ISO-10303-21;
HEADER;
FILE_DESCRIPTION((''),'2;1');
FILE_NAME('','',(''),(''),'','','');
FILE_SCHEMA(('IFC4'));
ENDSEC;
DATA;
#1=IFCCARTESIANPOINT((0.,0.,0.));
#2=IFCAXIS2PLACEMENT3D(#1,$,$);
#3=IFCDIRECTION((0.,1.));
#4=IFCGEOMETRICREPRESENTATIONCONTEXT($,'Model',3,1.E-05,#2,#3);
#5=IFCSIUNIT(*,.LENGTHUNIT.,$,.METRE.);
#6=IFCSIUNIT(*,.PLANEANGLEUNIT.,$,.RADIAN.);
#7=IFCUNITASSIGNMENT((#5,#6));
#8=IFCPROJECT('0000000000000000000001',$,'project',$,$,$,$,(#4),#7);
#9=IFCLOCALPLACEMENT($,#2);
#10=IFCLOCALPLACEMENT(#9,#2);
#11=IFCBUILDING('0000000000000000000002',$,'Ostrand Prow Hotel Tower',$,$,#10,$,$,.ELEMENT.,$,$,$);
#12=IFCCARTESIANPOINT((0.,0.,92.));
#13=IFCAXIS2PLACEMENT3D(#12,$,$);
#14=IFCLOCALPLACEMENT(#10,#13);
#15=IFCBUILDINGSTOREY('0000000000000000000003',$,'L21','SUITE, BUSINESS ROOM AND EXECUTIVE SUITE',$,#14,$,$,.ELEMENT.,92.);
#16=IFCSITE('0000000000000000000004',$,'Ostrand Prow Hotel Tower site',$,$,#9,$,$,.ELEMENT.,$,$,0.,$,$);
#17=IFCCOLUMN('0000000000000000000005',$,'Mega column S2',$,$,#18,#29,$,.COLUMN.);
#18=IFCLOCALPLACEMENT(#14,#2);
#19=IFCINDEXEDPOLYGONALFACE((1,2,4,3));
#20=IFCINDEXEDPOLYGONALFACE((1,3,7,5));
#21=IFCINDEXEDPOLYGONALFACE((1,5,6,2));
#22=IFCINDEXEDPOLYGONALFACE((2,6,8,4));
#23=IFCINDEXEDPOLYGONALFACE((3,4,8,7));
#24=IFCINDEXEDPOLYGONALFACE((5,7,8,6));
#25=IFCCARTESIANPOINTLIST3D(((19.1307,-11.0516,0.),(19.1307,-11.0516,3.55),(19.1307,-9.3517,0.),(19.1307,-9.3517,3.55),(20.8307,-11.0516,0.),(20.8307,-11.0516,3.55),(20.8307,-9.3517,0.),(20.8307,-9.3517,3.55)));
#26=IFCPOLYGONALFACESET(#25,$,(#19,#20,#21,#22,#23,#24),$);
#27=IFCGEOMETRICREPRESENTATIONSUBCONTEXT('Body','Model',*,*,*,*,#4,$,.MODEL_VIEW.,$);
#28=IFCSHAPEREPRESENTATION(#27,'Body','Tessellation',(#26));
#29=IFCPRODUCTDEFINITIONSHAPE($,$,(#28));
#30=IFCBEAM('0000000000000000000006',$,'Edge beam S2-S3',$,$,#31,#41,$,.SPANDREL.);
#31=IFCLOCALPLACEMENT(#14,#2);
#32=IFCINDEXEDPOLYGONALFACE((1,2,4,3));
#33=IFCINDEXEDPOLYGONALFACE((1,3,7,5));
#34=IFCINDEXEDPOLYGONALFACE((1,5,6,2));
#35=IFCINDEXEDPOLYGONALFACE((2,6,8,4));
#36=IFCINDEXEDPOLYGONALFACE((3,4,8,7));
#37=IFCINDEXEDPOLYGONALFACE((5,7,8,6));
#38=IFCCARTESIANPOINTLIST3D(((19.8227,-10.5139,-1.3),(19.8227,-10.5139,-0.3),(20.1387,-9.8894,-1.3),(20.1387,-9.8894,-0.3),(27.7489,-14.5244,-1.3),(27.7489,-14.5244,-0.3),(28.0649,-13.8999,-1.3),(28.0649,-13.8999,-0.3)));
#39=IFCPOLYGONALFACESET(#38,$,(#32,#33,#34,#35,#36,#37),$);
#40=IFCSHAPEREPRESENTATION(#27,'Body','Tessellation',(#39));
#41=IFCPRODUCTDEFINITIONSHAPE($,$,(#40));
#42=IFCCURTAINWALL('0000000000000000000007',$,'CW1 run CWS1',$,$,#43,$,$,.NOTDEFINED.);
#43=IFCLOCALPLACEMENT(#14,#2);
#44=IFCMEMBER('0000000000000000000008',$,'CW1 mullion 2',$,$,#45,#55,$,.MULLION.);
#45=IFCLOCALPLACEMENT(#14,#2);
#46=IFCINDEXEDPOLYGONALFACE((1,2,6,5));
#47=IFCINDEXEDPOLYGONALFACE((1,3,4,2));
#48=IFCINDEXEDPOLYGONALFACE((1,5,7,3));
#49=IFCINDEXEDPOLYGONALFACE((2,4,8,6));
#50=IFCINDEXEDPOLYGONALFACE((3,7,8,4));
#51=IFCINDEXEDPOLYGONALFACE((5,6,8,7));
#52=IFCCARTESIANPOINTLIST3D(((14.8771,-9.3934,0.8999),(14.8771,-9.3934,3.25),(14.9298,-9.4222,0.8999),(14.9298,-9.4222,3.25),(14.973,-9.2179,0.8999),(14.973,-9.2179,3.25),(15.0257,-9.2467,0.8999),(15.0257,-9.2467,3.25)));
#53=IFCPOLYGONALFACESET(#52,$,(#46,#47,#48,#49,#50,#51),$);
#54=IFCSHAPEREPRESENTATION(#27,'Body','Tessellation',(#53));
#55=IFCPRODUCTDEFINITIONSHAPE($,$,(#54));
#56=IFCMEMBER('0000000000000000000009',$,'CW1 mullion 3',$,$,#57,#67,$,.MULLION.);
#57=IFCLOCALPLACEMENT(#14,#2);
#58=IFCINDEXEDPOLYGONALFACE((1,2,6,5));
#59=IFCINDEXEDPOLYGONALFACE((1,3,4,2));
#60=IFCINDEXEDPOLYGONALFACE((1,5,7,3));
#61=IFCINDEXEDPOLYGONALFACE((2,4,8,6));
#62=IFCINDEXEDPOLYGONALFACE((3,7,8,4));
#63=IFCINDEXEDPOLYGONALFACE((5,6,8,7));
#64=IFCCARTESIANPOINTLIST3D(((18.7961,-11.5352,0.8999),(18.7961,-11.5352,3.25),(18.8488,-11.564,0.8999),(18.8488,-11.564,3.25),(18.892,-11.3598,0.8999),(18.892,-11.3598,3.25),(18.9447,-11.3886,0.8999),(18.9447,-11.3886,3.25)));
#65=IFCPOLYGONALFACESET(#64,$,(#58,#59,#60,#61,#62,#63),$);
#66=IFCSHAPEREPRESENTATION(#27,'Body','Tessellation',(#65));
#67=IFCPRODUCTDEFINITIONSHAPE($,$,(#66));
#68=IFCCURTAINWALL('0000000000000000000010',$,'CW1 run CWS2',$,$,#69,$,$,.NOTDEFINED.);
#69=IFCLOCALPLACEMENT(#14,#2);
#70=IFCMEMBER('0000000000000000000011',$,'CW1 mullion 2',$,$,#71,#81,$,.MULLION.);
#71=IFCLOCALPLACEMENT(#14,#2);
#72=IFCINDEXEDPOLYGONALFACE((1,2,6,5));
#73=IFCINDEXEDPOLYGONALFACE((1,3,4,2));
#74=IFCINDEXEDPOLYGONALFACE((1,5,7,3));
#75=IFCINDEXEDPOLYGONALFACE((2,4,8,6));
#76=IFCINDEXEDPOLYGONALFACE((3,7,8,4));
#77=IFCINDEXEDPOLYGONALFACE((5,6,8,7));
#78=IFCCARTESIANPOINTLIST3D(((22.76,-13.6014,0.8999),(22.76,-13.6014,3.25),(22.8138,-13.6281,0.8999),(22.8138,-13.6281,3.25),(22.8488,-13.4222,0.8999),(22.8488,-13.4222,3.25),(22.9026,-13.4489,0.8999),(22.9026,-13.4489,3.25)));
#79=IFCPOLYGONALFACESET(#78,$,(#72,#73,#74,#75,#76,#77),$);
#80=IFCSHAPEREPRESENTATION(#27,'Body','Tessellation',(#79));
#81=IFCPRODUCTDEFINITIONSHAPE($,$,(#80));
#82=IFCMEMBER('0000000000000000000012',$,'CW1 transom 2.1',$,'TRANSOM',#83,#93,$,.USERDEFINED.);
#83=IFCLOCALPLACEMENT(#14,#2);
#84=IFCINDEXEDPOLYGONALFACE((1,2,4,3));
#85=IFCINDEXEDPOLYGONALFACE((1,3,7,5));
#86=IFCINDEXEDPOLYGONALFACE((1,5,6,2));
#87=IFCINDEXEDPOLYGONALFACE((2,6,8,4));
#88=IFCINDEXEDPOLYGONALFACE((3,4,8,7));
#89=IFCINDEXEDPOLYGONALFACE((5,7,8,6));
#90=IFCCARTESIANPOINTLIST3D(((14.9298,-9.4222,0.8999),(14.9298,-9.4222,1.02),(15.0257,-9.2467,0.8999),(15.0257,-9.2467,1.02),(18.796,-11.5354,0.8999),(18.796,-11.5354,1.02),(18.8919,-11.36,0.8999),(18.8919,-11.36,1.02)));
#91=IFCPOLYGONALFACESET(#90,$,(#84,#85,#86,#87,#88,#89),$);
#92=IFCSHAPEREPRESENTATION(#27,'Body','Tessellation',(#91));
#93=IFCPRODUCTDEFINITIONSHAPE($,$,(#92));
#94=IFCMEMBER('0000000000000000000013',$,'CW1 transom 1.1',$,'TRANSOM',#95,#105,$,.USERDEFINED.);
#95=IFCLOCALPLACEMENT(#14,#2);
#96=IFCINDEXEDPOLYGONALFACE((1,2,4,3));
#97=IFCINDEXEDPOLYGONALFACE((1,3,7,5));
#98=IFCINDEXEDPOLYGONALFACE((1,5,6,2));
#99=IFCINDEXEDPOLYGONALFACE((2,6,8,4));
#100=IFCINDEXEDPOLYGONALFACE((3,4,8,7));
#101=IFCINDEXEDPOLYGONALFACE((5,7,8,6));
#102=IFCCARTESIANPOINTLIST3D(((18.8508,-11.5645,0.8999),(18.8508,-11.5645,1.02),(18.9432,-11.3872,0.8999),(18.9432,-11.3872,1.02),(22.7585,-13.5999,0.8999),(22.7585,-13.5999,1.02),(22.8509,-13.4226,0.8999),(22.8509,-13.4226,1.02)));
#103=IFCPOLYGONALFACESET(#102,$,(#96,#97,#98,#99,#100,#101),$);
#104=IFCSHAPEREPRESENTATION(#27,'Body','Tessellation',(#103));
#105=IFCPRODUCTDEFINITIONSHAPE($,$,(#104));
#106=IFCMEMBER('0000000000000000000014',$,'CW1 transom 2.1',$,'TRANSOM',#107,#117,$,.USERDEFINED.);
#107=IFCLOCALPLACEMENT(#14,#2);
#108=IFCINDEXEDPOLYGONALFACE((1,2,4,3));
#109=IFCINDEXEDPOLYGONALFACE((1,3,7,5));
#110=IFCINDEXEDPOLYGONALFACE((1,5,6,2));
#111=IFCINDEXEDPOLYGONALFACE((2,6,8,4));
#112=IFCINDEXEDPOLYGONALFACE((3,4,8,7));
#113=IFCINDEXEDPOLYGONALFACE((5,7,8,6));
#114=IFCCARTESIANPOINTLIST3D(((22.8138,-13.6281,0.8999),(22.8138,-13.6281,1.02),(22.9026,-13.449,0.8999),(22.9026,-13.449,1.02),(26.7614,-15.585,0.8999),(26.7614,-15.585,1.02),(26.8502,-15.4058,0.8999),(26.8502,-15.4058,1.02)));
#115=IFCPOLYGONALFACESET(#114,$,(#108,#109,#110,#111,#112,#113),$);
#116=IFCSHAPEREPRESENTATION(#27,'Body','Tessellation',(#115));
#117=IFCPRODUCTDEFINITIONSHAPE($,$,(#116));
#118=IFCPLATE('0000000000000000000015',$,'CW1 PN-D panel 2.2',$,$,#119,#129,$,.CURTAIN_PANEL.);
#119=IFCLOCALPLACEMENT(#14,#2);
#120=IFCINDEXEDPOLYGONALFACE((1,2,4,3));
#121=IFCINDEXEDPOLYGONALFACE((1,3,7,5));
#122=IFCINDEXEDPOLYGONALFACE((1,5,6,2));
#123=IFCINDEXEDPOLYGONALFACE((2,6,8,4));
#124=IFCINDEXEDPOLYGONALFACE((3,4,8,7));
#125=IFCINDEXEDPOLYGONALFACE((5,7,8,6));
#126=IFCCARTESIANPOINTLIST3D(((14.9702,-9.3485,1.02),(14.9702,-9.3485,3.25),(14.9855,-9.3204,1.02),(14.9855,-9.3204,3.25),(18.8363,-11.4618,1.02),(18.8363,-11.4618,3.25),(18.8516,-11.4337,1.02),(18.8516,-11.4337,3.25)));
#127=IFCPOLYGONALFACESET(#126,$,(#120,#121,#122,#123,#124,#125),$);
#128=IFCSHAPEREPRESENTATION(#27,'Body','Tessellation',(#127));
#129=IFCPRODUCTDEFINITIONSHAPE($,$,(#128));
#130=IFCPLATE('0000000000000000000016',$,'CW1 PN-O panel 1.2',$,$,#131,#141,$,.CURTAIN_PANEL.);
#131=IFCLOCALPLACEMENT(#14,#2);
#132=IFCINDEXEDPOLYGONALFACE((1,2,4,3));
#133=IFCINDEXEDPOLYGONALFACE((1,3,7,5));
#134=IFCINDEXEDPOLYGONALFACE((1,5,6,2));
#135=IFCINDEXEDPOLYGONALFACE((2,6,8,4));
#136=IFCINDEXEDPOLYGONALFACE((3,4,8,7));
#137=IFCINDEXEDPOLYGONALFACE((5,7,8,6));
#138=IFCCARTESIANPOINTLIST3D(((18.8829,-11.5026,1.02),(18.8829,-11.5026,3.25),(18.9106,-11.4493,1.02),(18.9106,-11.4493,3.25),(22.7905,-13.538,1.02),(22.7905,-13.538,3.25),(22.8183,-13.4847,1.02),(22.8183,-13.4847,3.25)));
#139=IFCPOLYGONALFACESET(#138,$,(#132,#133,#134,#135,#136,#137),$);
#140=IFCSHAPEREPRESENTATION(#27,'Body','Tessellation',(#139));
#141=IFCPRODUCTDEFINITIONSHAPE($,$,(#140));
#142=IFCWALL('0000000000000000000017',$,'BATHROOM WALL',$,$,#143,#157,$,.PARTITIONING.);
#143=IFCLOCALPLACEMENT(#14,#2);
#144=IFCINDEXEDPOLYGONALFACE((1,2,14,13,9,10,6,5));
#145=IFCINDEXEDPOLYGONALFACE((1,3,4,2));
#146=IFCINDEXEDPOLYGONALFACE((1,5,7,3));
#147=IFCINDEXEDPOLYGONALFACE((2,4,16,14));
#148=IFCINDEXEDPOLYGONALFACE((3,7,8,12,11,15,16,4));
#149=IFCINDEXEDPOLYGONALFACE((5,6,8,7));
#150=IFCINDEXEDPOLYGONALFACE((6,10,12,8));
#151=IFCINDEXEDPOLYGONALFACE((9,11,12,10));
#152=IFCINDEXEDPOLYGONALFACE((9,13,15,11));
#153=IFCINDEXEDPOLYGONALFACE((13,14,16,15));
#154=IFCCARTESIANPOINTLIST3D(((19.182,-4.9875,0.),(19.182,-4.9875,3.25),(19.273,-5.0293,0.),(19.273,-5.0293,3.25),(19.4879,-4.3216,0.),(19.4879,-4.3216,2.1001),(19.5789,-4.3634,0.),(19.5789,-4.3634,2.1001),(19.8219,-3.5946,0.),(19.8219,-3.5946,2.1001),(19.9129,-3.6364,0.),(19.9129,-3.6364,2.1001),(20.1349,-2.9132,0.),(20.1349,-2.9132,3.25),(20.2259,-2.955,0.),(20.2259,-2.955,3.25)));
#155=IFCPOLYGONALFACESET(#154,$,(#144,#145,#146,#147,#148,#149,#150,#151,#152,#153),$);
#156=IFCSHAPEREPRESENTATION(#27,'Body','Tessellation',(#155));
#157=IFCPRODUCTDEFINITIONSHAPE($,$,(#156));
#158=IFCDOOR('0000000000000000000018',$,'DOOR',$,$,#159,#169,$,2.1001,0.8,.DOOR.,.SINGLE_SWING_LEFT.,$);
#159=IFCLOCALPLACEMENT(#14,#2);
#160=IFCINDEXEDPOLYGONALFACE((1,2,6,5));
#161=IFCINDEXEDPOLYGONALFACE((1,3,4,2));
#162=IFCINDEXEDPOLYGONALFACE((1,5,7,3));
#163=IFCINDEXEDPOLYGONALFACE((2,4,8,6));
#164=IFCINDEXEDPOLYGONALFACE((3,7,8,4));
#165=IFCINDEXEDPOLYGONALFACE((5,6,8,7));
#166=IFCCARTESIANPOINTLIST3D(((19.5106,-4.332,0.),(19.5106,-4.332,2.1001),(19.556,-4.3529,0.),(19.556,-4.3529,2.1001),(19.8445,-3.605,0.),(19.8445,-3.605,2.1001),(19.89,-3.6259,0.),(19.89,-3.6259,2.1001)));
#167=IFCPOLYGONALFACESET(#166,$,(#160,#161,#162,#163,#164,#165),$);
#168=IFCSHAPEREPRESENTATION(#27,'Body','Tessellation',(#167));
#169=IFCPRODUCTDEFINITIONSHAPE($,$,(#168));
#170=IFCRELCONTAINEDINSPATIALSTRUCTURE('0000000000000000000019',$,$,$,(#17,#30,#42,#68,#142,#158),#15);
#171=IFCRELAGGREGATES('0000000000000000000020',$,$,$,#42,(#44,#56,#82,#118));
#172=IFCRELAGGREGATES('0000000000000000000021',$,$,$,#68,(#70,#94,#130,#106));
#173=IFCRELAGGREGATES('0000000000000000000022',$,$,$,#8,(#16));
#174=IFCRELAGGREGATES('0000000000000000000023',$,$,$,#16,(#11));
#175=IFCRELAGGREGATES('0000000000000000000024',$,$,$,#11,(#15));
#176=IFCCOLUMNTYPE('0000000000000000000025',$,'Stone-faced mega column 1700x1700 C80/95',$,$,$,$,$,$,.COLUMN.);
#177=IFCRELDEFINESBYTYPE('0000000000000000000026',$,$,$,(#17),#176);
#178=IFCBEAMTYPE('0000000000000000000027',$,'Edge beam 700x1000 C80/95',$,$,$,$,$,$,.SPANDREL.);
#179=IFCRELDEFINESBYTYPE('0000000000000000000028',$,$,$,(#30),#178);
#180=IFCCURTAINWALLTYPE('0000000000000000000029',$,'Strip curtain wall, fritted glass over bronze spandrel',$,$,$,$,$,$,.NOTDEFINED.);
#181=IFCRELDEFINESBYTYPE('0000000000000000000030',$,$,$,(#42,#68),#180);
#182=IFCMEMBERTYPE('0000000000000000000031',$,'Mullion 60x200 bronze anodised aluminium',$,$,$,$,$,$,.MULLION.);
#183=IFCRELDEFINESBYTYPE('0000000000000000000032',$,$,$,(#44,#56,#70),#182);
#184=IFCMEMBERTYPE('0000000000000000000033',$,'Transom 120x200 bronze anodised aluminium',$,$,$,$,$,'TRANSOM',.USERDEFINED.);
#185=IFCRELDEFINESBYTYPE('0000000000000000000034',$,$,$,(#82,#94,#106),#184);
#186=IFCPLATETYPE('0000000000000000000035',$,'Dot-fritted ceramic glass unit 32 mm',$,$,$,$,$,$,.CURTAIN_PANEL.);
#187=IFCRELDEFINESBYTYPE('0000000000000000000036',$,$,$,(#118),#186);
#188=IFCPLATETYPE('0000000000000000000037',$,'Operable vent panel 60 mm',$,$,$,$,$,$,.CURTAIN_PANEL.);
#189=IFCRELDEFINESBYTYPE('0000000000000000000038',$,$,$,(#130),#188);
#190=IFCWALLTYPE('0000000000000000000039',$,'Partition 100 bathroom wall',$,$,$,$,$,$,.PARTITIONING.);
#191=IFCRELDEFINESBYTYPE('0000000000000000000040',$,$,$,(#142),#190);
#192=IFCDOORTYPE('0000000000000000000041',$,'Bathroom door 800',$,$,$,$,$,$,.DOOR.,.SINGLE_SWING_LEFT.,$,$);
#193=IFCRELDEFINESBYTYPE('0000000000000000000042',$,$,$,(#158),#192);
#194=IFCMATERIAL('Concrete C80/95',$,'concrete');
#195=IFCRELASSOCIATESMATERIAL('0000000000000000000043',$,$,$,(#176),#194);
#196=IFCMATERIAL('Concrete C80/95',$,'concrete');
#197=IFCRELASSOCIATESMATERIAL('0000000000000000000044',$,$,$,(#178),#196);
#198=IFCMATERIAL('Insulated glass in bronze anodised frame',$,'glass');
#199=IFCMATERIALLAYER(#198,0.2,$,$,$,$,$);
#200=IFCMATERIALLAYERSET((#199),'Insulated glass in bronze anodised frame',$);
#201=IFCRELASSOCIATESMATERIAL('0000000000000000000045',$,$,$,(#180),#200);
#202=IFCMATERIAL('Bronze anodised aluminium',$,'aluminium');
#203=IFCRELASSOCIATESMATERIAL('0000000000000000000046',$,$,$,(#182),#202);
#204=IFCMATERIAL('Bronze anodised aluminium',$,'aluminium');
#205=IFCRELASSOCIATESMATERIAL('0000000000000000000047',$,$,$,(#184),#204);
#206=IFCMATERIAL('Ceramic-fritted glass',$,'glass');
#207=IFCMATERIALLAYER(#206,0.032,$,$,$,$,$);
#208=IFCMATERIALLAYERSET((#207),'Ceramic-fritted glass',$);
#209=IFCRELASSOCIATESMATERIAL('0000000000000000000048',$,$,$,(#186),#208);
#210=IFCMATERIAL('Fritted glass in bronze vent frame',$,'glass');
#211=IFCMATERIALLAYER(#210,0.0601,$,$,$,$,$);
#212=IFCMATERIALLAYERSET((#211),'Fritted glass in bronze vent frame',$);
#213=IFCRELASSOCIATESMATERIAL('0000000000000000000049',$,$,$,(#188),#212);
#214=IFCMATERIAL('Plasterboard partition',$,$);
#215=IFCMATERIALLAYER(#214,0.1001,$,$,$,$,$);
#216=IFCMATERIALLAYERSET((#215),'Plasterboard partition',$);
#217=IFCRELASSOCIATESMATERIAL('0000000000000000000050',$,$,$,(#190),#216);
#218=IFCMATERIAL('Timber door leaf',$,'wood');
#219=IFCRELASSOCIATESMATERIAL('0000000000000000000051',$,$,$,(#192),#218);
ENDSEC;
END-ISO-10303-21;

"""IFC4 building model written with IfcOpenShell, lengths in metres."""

from ifc_helpers import new_model, si_unit, direction, frame, frame_2d, origin, origin_2d, place, context, subcontext, project, spatial, rectangle, extrude, material, layer, layer_set, material_profile, profile_set, type_object, element, fill, aggregate, save


model = new_model("IFC4")

# Units and contexts
model_context = context("Model", 3, precision=1e-05, world=origin(), true_north=direction((0.0, 1.0)))
body_context = subcontext(model_context, "Body", "Model", "MODEL_VIEW")
ifc_project = project(units=[si_unit("LENGTHUNIT", "METRE"), si_unit("PLANEANGLEUNIT", "RADIAN")], contexts=[model_context])

# Site, building, storey
site_placement = place(None, origin())
site = spatial("IfcSite", under=ifc_project, at=site_placement, Name="Ostrand Prow Hotel Tower site", CompositionType="ELEMENT", RefElevation=0.0)
building_placement = place(site_placement, origin())
building = spatial("IfcBuilding", under=site, at=building_placement, Name="Ostrand Prow Hotel Tower", CompositionType="ELEMENT")
storey_placement = place(building_placement, frame((0.0, 0.0, 92.0)))
storey = spatial("IfcBuildingStorey", under=building, at=storey_placement, Name="L21", Description="SUITE, BUSINESS ROOM AND EXECUTIVE SUITE", CompositionType="ELEMENT", Elevation=92.0)

# Column
ifc_material_1 = material(Name="Concrete C80/95", Category="concrete")
ifc_material_profile_1 = material_profile(ifc_material_1, rectangle(XDim=1.7, YDim=1.7, at=origin_2d()), Name="RC 1700x1700")
ifc_profile_set_1 = profile_set([ifc_material_profile_1], Name="Concrete C80/95")
column_type = type_object("IfcColumnType", Name="Stone-faced mega column 1700x1700 C80/95", PredefinedType="COLUMN", material=ifc_profile_set_1)
column_placement = place(storey_placement, frame((19.9807, -10.2017, 0.0), z_axis=(0.0, 0.0, 1.0), x_axis=(1.0, 0.0, 0.0)))
element("IfcColumn", 1, at=column_placement, inside=storey, type_object=column_type, Name="Mega column S2", PredefinedType="COLUMN", context=body_context, shape_type="SweptSolid", body=[
    extrude(rectangle(XDim=1.7, YDim=1.7, at=origin_2d()), origin(), (0.0, 0.0, 1.0), 3.55),
])

# Beam
ifc_material_2 = material(Name="Concrete C80/95", Category="concrete")
ifc_material_profile_2 = material_profile(ifc_material_2, rectangle(XDim=0.7, YDim=1.0, at=origin_2d()), Name="RC 700x1000")
ifc_profile_set_2 = profile_set([ifc_material_profile_2], Name="Concrete C80/95")
beam_type = type_object("IfcBeamType", Name="Edge beam 700x1000 C80/95", PredefinedType="SPANDREL", material=ifc_profile_set_2)
beam_placement = place(storey_placement, frame((19.9807, -10.2017, -0.8), z_axis=(0.892284, -0.451474, 0.0), x_axis=(0.451474, 0.892284, 0.0)))
element("IfcBeam", 2, at=beam_placement, inside=storey, type_object=beam_type, Name="Edge beam S2-S3", PredefinedType="SPANDREL", context=body_context, shape_type="SweptSolid", body=[
    extrude(rectangle(XDim=0.7, YDim=1.0, at=origin_2d()), origin(), (0.0, 0.0, 1.0), 8.8831),
])

# Curtain wall, members
ifc_material_3 = material(Name="Insulated glass in bronze anodised frame", Category="glass")
ifc_layer_1 = layer(ifc_material_3, 0.2)
ifc_layer_set_1 = layer_set([ifc_layer_1], Name="Insulated glass in bronze anodised frame")
curtain_wall_type = type_object("IfcCurtainWallType", Name="Strip curtain wall, fritted glass over bronze spandrel", PredefinedType="NOTDEFINED", material=ifc_layer_set_1)
curtain_wall_1_placement = place(storey_placement, origin())
curtain_wall_1 = element("IfcCurtainWall", 3, at=curtain_wall_1_placement, inside=storey, type_object=curtain_wall_type, Name="CW1 run CWS1", PredefinedType="NOTDEFINED")
ifc_material_4 = material(Name="Bronze anodised aluminium", Category="aluminium")
ifc_material_profile_3 = material_profile(ifc_material_4, rectangle(XDim=0.2, YDim=0.0601, at=origin_2d()), Name="Mullion 60x200 bronze anodised aluminium")
ifc_profile_set_3 = profile_set([ifc_material_profile_3], Name="Bronze anodised aluminium")
member_type_1 = type_object("IfcMemberType", Name="Mullion 60x200 bronze anodised aluminium", PredefinedType="MULLION", material=ifc_profile_set_3)
member_1_placement = place(storey_placement, frame((14.9514, -9.3201, 0.8999), z_axis=(0.0, 0.0, 1.0), x_axis=(0.479637, 0.877467, 0.0)))
member_1 = element("IfcMember", 4, at=member_1_placement, type_object=member_type_1, Name="CW1 mullion 2", PredefinedType="MULLION", context=body_context, shape_type="SweptSolid", body=[
    extrude(rectangle(XDim=0.2, YDim=0.0601, at=origin_2d()), origin(), (0.0, 0.0, 1.0), 2.3501),
])
member_2_placement = place(storey_placement, frame((18.8704, -11.4619, 0.8999), z_axis=(0.0, 0.0, 1.0), x_axis=(0.479637, 0.877467, 0.0)))
member_2 = element("IfcMember", 5, at=member_2_placement, type_object=member_type_1, Name="CW1 mullion 3", PredefinedType="MULLION", context=body_context, shape_type="SweptSolid", body=[
    extrude(rectangle(XDim=0.2, YDim=0.0601, at=origin_2d()), origin(), (0.0, 0.0, 1.0), 2.3501),
])

# Curtain wall, member
curtain_wall_2_placement = place(storey_placement, origin())
curtain_wall_2 = element("IfcCurtainWall", 6, at=curtain_wall_2_placement, inside=storey, type_object=curtain_wall_type, Name="CW1 run CWS2", PredefinedType="NOTDEFINED")
member_3_placement = place(storey_placement, frame((22.8313, -13.5251, 0.8999), z_axis=(0.0, 0.0, 1.0), x_axis=(0.444113, 0.895971, 0.0)))
member_3 = element("IfcMember", 7, at=member_3_placement, type_object=member_type_1, Name="CW1 mullion 2", PredefinedType="MULLION", context=body_context, shape_type="SweptSolid", body=[
    extrude(rectangle(XDim=0.2, YDim=0.0601, at=origin_2d()), origin(), (0.0, 0.0, 1.0), 2.3501),
])

# Members
ifc_material_5 = material(Name="Bronze anodised aluminium", Category="aluminium")
ifc_material_profile_4 = material_profile(ifc_material_5, rectangle(XDim=0.2, YDim=0.1201, at=origin_2d()), Name="Transom 120x200 bronze anodised aluminium")
ifc_profile_set_4 = profile_set([ifc_material_profile_4], Name="Bronze anodised aluminium")
member_type_2 = type_object("IfcMemberType", Name="Transom 120x200 bronze anodised aluminium", ElementType="TRANSOM", PredefinedType="USERDEFINED", material=ifc_profile_set_4)
member_4_placement = place(storey_placement, frame((14.9778, -9.3345, 0.96), z_axis=(0.877472, -0.479628, 0.0), x_axis=(0.479628, 0.877472, 0.0)))
member_4 = element("IfcMember", 8, at=member_4_placement, type_object=member_type_2, Name="CW1 transom 2.1", ObjectType="TRANSOM", PredefinedType="USERDEFINED", context=body_context, shape_type="SweptSolid", body=[
    extrude(rectangle(XDim=0.2, YDim=0.1201, at=origin_2d()), origin(), (0.0, 0.0, 1.0), 4.406),
])
member_5_placement = place(storey_placement, frame((18.897, -11.4758, 0.96), z_axis=(0.886902, -0.461958, 0.0), x_axis=(0.461958, 0.886902, 0.0)))
member_5 = element("IfcMember", 9, at=member_5_placement, type_object=member_type_2, Name="CW1 transom 1.1", ObjectType="TRANSOM", PredefinedType="USERDEFINED", context=body_context, shape_type="SweptSolid", body=[
    extrude(rectangle(XDim=0.2, YDim=0.1201, at=origin_2d()), origin(), (0.0, 0.0, 1.0), 4.406),
])
member_6_placement = place(storey_placement, frame((22.8582, -13.5386, 0.96), z_axis=(0.895962, -0.44413, 0.0), x_axis=(0.44413, 0.895962, 0.0)))
member_6 = element("IfcMember", 10, at=member_6_placement, type_object=member_type_2, Name="CW1 transom 2.1", ObjectType="TRANSOM", PredefinedType="USERDEFINED", context=body_context, shape_type="SweptSolid", body=[
    extrude(rectangle(XDim=0.2, YDim=0.1201, at=origin_2d()), origin(), (0.0, 0.0, 1.0), 4.406),
])

# Plates
ifc_material_6 = material(Name="Ceramic-fritted glass", Category="glass")
ifc_layer_2 = layer(ifc_material_6, 0.032)
ifc_layer_set_2 = layer_set([ifc_layer_2], Name="Ceramic-fritted glass")
plate_type_1 = type_object("IfcPlateType", Name="Dot-fritted ceramic glass unit 32 mm", PredefinedType="CURTAIN_PANEL", material=ifc_layer_set_2)
plate_1_placement = place(storey_placement, frame((16.9109, -10.3911, 1.02), z_axis=(0.0, 0.0, 1.0), x_axis=(0.877467, -0.479637, 0.0)))
plate_1 = element("IfcPlate", 11, at=plate_1_placement, type_object=plate_type_1, Name="CW1 PN-D panel 2.2", PredefinedType="CURTAIN_PANEL", context=body_context, shape_type="SweptSolid", body=[
    extrude(rectangle(XDim=4.406, YDim=0.032, at=origin_2d()), origin(), (0.0, 0.0, 1.0), 2.23),
])
aggregate(curtain_wall_1, [member_1, member_2, member_4, plate_1])
ifc_material_7 = material(Name="Fritted glass in bronze vent frame", Category="glass")
ifc_layer_3 = layer(ifc_material_7, 0.0601)
ifc_layer_set_3 = layer_set([ifc_layer_3], Name="Fritted glass in bronze vent frame")
plate_type_2 = type_object("IfcPlateType", Name="Operable vent panel 60 mm", PredefinedType="CURTAIN_PANEL", material=ifc_layer_set_3)
plate_2_placement = place(storey_placement, frame((20.8506, -12.4937, 1.02), z_axis=(0.0, 0.0, 1.0), x_axis=(0.886896, -0.461968, 0.0)))
plate_2 = element("IfcPlate", 12, at=plate_2_placement, type_object=plate_type_2, Name="CW1 PN-O panel 1.2", PredefinedType="CURTAIN_PANEL", context=body_context, shape_type="SweptSolid", body=[
    extrude(rectangle(XDim=4.406, YDim=0.0601, at=origin_2d()), origin(), (0.0, 0.0, 1.0), 2.23),
])
aggregate(curtain_wall_2, [member_3, member_5, plate_2, member_6])

# Wall, opening, door
ifc_material_8 = material(Name="Plasterboard partition")
ifc_layer_4 = layer(ifc_material_8, 0.1001)
ifc_layer_set_4 = layer_set([ifc_layer_4], Name="Plasterboard partition")
wall_type_1 = type_object("IfcWallType", Name="Partition 100 bathroom wall", PredefinedType="PARTITIONING", material=ifc_layer_set_4)
wall_1_placement = place(storey_placement, frame((20.1804, -2.9341, 0.0), z_axis=(0.0, 0.0, 1.0), x_axis=(-0.41745, -0.9087, 0.0)))
wall_1 = element("IfcWall", 13, at=wall_1_placement, inside=storey, type_object=wall_type_1, Name="BATHROOM WALL", PredefinedType="PARTITIONING", context=body_context, shape_type="SweptSolid", body=[
    extrude(rectangle(XDim=2.2827, YDim=0.1001, at=frame_2d((1.1414, 0.0))), origin(), (0.0, 0.0, 1.0), 3.25),
])
opening_1_placement = place(wall_1_placement, frame((0.75, 0.0, 0.0)))
opening_1 = element("IfcOpeningElement", 14, at=opening_1_placement, cuts=wall_1, PredefinedType="OPENING", context=body_context, shape_type="SweptSolid", body=[
    extrude(rectangle(XDim=0.8, YDim=2.1001, at=frame_2d((0.3999, 1.05))), frame((0.0, 0.0601, 0.0), z_axis=(0.0, -1.0, 0.0), x_axis=(1.0, 0.0, 0.0)), (0.0, 0.0, 1.0), 0.1201),
])
ifc_material_9 = material(Name="Timber door leaf", Category="wood")
door_type_1 = type_object("IfcDoorType", Name="Bathroom door 800", OperationType="SINGLE_SWING_LEFT", PredefinedType="DOOR", material=ifc_material_9)
door_1_placement = place(opening_1_placement, origin())
door_1 = element("IfcDoor", 15, at=door_1_placement, inside=storey, type_object=door_type_1, Name="DOOR", OperationType="SINGLE_SWING_LEFT", OverallHeight=2.1001, OverallWidth=0.8, PredefinedType="DOOR", context=body_context, shape_type="SweptSolid", body=[
    extrude(rectangle(XDim=0.8, YDim=2.1001, at=frame_2d((0.3999, 1.05))), frame((0.0, 0.0249, 0.0), z_axis=(0.0, -1.0, 0.0), x_axis=(1.0, 0.0, 0.0)), (0.0, 0.0, 1.0), 0.05),
])
fill(opening_1, door_1)

save(model, "model.ifc")
